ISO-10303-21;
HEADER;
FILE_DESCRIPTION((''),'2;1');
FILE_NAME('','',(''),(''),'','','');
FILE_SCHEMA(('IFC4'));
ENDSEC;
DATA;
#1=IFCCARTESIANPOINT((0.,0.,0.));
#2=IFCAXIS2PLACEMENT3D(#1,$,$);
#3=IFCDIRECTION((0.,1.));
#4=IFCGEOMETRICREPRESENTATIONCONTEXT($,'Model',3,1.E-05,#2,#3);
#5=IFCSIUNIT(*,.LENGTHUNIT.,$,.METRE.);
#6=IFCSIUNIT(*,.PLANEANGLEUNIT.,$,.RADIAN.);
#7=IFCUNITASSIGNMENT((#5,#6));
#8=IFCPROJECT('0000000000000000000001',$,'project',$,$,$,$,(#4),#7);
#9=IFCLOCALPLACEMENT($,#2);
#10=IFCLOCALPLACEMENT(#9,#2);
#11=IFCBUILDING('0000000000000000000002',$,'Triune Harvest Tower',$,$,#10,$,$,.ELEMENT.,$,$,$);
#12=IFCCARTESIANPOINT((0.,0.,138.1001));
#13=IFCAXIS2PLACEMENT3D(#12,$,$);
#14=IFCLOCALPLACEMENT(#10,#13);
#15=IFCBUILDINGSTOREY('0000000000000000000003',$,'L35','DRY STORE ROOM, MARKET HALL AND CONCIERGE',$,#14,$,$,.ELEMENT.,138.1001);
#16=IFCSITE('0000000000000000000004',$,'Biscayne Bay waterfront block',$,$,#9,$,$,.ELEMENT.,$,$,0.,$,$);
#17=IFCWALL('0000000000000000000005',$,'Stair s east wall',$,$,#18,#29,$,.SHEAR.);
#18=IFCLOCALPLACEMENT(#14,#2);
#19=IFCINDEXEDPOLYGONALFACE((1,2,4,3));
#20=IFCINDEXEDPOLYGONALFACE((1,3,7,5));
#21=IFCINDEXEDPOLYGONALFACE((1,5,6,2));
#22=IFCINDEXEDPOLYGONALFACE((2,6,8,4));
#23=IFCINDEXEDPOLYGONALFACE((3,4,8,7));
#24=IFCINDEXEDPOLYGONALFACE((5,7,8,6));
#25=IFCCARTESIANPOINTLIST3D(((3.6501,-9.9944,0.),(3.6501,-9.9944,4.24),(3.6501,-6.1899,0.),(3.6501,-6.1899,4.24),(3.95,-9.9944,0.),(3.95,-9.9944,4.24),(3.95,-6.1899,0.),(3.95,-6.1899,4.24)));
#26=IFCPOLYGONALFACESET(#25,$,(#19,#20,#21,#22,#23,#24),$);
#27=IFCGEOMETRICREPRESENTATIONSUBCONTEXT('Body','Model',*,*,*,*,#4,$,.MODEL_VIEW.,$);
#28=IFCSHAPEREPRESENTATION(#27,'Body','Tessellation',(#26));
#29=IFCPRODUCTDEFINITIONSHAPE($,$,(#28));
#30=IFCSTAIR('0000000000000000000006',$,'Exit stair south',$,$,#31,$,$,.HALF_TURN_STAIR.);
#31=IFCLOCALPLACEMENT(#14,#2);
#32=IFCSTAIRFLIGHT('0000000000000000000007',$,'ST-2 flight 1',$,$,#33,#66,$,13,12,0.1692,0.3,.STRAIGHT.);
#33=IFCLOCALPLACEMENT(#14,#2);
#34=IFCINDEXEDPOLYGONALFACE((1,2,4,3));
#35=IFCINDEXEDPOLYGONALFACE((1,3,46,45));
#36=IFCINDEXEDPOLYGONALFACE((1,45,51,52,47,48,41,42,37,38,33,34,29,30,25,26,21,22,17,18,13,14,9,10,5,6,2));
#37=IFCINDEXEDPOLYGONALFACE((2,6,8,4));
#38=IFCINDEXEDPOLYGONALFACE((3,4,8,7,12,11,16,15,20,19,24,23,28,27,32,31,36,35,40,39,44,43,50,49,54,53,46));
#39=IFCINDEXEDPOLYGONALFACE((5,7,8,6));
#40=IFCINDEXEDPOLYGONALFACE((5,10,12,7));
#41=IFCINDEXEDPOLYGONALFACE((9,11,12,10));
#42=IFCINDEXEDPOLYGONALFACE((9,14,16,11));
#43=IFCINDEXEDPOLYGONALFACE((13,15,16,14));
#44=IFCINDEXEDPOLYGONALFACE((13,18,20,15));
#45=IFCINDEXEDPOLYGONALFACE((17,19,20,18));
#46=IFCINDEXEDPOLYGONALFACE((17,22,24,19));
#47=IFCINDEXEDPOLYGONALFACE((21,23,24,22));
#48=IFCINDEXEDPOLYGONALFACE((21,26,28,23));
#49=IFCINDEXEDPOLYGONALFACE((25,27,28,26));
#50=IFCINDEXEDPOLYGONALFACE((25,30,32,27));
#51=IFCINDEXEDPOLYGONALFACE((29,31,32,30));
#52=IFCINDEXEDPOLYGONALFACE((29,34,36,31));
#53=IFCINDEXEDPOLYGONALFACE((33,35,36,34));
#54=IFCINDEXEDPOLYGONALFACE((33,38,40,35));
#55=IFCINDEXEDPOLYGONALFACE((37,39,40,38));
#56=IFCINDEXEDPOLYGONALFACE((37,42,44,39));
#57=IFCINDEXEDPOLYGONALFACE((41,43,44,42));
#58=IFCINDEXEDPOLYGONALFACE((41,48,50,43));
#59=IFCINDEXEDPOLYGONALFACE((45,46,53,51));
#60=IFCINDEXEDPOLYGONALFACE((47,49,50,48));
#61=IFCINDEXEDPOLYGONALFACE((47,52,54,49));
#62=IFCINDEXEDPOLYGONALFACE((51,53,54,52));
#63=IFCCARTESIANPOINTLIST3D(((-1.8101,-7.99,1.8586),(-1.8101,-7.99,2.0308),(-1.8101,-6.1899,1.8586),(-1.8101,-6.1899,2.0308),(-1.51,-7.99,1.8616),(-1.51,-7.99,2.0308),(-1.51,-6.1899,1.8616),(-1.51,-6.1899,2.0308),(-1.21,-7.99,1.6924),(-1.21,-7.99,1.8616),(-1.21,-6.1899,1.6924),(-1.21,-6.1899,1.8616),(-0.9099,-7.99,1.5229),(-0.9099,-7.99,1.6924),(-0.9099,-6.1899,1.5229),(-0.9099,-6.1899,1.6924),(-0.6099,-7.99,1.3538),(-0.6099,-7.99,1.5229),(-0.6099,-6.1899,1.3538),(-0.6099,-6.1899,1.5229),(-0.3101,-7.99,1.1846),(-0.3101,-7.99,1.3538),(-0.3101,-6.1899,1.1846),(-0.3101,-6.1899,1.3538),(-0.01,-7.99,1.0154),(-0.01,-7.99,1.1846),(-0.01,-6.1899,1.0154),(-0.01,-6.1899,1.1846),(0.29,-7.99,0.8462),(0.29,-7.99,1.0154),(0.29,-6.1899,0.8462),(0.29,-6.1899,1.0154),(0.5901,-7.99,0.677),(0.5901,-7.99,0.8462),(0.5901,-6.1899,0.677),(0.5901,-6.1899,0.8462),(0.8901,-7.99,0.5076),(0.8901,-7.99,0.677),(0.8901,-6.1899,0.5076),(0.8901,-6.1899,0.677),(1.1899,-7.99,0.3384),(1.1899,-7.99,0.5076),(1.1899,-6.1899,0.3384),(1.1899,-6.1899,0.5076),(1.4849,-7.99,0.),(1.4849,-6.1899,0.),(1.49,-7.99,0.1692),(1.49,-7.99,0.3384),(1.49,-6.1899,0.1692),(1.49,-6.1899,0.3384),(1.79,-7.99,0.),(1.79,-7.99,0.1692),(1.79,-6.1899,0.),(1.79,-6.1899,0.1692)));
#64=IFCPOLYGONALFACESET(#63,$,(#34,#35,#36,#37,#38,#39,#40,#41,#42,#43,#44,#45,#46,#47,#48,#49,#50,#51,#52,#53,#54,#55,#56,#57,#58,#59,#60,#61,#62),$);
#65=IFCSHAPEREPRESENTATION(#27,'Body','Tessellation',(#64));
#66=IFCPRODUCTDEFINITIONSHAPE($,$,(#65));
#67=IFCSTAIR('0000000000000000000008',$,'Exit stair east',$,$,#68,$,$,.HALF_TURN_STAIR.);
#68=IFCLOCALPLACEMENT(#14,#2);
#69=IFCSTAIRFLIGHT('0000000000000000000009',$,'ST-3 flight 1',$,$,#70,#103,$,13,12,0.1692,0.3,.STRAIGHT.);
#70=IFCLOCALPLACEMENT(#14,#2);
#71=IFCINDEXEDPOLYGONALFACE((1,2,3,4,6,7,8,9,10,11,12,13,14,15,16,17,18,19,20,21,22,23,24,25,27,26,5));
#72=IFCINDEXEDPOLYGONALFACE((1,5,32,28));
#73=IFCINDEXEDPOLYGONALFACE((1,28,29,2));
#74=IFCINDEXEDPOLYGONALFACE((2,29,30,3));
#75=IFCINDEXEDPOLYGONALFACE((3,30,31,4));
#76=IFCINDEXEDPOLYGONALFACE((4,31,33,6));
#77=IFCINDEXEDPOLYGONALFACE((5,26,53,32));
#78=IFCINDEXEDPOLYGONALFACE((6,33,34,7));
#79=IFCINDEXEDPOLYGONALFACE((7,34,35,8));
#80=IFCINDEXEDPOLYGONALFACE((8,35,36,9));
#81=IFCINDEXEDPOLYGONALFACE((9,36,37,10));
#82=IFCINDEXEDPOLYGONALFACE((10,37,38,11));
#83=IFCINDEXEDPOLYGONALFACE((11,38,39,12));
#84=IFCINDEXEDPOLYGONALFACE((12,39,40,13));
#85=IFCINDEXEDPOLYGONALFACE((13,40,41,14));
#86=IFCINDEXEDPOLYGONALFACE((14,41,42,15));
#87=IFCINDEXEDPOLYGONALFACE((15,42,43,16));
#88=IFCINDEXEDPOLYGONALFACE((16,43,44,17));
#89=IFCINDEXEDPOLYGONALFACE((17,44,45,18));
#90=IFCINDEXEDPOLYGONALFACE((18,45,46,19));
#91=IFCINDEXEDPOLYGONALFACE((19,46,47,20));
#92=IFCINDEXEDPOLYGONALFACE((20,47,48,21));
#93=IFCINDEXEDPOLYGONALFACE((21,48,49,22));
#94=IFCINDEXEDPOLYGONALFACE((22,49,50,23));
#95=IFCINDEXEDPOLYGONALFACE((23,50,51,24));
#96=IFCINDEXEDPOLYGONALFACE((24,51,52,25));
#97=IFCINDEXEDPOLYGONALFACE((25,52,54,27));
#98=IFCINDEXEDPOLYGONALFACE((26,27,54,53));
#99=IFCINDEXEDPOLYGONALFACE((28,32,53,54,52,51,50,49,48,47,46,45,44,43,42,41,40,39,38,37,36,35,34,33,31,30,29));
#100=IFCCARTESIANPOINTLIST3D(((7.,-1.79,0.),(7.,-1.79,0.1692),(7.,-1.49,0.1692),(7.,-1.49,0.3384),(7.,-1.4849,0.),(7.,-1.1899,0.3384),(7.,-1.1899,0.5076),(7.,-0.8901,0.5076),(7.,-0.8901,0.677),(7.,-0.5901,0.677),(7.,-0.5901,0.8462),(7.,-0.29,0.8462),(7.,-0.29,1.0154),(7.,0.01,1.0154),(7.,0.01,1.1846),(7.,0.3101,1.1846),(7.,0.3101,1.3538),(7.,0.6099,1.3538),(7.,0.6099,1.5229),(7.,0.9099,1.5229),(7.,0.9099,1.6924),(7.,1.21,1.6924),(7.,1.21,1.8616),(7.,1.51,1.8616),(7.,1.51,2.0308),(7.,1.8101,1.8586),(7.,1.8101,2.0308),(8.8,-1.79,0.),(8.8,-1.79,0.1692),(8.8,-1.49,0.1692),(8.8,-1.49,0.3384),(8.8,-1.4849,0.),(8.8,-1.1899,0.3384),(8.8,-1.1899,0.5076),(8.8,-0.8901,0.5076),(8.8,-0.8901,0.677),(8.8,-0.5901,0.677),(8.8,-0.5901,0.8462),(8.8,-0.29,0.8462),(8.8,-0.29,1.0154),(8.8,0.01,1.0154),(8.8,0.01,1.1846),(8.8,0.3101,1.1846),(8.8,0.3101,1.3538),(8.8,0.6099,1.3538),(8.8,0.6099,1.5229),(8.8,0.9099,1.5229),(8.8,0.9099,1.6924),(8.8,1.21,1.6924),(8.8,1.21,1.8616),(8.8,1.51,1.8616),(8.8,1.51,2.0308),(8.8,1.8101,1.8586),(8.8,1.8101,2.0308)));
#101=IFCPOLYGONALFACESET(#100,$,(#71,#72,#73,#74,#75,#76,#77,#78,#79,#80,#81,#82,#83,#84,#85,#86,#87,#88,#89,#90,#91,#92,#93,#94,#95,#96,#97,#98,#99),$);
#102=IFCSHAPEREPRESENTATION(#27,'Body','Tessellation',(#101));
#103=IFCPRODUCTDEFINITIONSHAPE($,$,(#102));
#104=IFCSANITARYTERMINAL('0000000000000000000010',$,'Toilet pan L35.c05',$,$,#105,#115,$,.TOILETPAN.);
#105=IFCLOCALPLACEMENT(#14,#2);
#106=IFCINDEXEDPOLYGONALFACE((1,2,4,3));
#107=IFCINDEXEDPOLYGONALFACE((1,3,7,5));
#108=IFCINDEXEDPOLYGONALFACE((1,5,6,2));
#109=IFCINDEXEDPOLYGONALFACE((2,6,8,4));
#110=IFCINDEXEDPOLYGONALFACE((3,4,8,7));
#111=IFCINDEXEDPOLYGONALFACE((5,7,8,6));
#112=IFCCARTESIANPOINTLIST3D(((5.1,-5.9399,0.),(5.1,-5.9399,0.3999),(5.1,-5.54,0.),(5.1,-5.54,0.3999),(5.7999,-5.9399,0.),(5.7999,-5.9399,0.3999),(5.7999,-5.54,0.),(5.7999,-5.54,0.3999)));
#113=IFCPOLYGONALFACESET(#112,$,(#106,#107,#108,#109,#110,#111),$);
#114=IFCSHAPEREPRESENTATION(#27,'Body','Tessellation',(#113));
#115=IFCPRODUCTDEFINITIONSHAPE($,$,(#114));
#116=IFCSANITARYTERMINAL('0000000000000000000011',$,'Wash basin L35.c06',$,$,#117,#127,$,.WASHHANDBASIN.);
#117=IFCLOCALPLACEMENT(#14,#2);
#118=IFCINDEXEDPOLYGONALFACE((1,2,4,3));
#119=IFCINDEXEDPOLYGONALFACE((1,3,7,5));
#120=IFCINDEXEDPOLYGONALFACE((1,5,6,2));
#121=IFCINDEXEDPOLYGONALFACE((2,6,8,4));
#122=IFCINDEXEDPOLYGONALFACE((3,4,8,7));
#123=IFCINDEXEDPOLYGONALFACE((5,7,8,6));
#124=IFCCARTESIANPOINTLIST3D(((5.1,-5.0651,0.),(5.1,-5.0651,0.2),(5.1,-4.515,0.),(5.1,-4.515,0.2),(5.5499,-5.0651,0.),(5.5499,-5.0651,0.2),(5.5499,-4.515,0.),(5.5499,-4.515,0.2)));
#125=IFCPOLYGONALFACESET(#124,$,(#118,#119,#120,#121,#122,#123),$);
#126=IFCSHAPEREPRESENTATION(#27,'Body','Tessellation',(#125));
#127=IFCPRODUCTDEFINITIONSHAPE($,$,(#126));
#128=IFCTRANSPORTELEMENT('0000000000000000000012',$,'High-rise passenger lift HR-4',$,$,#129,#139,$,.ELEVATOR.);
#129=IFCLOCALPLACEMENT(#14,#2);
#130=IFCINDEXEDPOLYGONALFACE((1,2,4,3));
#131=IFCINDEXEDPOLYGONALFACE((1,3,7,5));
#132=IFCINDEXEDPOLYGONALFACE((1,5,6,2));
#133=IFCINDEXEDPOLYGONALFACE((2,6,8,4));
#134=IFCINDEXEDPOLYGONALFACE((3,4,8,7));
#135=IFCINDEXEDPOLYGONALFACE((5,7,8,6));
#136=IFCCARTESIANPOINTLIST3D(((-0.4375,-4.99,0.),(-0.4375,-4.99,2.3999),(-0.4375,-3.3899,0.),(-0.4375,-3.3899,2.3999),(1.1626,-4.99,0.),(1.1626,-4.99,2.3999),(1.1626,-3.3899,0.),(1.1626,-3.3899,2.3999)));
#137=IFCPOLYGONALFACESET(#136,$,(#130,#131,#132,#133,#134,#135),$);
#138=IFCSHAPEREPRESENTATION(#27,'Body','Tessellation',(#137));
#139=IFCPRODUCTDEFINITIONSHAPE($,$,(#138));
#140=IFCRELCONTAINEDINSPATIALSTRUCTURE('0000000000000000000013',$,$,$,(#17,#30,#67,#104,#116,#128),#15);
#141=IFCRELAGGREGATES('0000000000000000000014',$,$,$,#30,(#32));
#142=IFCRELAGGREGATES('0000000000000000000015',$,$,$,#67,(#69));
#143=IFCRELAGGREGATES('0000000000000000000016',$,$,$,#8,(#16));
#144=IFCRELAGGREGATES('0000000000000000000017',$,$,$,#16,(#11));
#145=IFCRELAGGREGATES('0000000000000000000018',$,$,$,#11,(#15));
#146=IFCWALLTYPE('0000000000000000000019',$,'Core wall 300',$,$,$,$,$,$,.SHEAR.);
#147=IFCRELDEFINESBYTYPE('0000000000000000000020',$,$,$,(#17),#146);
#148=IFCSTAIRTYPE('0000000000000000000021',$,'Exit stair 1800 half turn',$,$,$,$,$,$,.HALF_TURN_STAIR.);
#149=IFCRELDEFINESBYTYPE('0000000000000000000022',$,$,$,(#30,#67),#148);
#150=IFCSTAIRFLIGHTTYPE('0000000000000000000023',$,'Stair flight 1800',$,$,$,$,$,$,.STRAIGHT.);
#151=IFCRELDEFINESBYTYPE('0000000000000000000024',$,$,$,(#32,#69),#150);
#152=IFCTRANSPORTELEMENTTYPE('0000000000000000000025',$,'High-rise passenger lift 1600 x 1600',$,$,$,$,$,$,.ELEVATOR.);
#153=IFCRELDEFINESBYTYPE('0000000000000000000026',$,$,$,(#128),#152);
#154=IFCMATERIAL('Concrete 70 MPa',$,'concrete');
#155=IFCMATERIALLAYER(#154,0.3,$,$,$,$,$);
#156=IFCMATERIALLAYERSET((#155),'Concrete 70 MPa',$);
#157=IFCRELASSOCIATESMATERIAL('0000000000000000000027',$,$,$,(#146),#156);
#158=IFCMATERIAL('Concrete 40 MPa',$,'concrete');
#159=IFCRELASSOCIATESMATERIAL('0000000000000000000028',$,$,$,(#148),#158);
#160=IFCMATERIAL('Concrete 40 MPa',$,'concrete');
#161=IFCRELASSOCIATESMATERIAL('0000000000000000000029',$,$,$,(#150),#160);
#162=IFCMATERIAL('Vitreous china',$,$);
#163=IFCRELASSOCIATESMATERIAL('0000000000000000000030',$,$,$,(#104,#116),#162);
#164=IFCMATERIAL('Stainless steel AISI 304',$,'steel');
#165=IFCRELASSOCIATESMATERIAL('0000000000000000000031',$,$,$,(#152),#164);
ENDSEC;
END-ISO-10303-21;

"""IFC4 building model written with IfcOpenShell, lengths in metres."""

from ifc_helpers import new_model, si_unit, direction, frame, origin, origin_2d, place, context, subcontext, project, spatial, polyline, rectangle, outline, extrude, source, transform, mapped, material, layer, layer_set, type_object, element, aggregate, save


model = new_model("IFC4")

# Units and contexts
model_context = context("Model", 3, precision=1e-05, world=origin(), true_north=direction((0.0, 1.0)))
body_context = subcontext(model_context, "Body", "Model", "MODEL_VIEW")
ifc_project = project(units=[si_unit("LENGTHUNIT", "METRE"), si_unit("PLANEANGLEUNIT", "RADIAN")], contexts=[model_context])

# Site, building, storey
site_placement = place(None, origin())
site = spatial("IfcSite", under=ifc_project, at=site_placement, Name="Biscayne Bay waterfront block", CompositionType="ELEMENT", RefElevation=0.0)
building_placement = place(site_placement, origin())
building = spatial("IfcBuilding", under=site, at=building_placement, Name="Triune Harvest Tower", CompositionType="ELEMENT")
storey_placement = place(building_placement, frame((0.0, 0.0, 138.1001)))
storey = spatial("IfcBuildingStorey", under=building, at=storey_placement, Name="L35", Description="DRY STORE ROOM, MARKET HALL AND CONCIERGE", CompositionType="ELEMENT", Elevation=138.1001)

# Shared definitions
ifc_material_1 = material(Name="Concrete 70 MPa", Category="concrete")
ifc_layer_1 = layer(ifc_material_1, 0.3)
ifc_layer_set_1 = layer_set([ifc_layer_1], Name="Concrete 70 MPa")
wall_type_1 = type_object("IfcWallType", Name="Core wall 300", PredefinedType="SHEAR", material=ifc_layer_set_1)

# Wall
shared_shape_1 = source(origin(), body_context, "Body", "SweptSolid", [
    extrude(outline(polyline([(3.8, -0.1499), (-0.0044, -0.1499), (-0.0044, 0.1499), (3.8, 0.1499), (3.8, -0.1499)])), origin(), (0.0, 0.0, 1.0), 4.24),
])
wall_1_placement = place(storey_placement, frame((3.8, -9.99, 0.0), z_axis=(0.0, 0.0, 1.0), x_axis=(0.0, 1.0, 0.0)))
element("IfcWall", 1, at=wall_1_placement, inside=storey, type_object=wall_type_1, Name="Stair s east wall", PredefinedType="SHEAR", context=body_context, shape_type="MappedRepresentation", body=[
    mapped(shared_shape_1, transform((0.0, 0.0, 0.0), scale=1.0)),
])

# Stairs, stair flights
ifc_material_2 = material(Name="Concrete 40 MPa", Category="concrete")
stair_type = type_object("IfcStairType", Name="Exit stair 1800 half turn", PredefinedType="HALF_TURN_STAIR", material=ifc_material_2)
stair_1_placement = place(storey_placement, origin())
stair_1 = element("IfcStair", 2, at=stair_1_placement, inside=storey, type_object=stair_type, Name="Exit stair south", PredefinedType="HALF_TURN_STAIR")
ifc_material_3 = material(Name="Concrete 40 MPa", Category="concrete")
stair_flight_type = type_object("IfcStairFlightType", Name="Stair flight 1800", PredefinedType="STRAIGHT", material=ifc_material_3)
shared_shape_2 = source(origin(), body_context, "Body", "SweptSolid", [
    extrude(outline(polyline([(0.0, 0.0), (0.0, 0.1692), (0.3, 0.1692), (0.3, 0.3384), (0.6001, 0.3384), (0.6001, 0.5076), (0.8999, 0.5076), (0.8999, 0.677), (1.2, 0.677), (1.2, 0.8462), (1.5, 0.8462), (1.5, 1.0154), (1.8, 1.0154), (1.8, 1.1846), (2.1001, 1.1846), (2.1001, 1.3538), (2.3999, 1.3538), (2.3999, 1.5229), (2.7, 1.5229), (2.7, 1.6924), (3.0, 1.6924), (3.0, 1.8616), (3.3, 1.8616), (3.3, 2.0308), (3.6001, 2.0308), (3.6001, 2.2), (3.6001, 1.8586), (0.3052, 0.0), (0.0, 0.0)])), frame((0.0, 0.8999, 0.0), z_axis=(0.0, -1.0, 0.0), x_axis=(1.0, 0.0, 0.0)), (0.0, 0.0, 1.0), 1.8),
])
stair_flight_1_placement = place(storey_placement, frame((1.79, -7.0901, 0.0), z_axis=(0.0, 0.0, 1.0), x_axis=(-1.0, 0.0, 0.0)))
stair_flight_1 = element("IfcStairFlight", 3, at=stair_flight_1_placement, type_object=stair_flight_type, Name="ST-2 flight 1", NumberOfRisers=13, NumberOfTreads=12, PredefinedType="STRAIGHT", RiserHeight=0.1692, TreadLength=0.3, context=body_context, shape_type="MappedRepresentation", body=[
    mapped(shared_shape_2, transform((0.0, 0.0, 0.0), scale=1.0)),
])
aggregate(stair_1, [stair_flight_1])
stair_2_placement = place(storey_placement, origin())
stair_2 = element("IfcStair", 4, at=stair_2_placement, inside=storey, type_object=stair_type, Name="Exit stair east", PredefinedType="HALF_TURN_STAIR")
stair_flight_2_placement = place(storey_placement, frame((7.8999, -1.79, 0.0), z_axis=(0.0, 0.0, 1.0), x_axis=(0.0, 1.0, 0.0)))
stair_flight_2 = element("IfcStairFlight", 5, at=stair_flight_2_placement, type_object=stair_flight_type, Name="ST-3 flight 1", NumberOfRisers=13, NumberOfTreads=12, PredefinedType="STRAIGHT", RiserHeight=0.1692, TreadLength=0.3, context=body_context, shape_type="MappedRepresentation", body=[
    mapped(shared_shape_2, transform((0.0, 0.0, 0.0), scale=1.0)),
])
aggregate(stair_2, [stair_flight_2])

# Sanitary terminals
ifc_material_4 = material(Name="Vitreous china")
shared_shape_3 = source(origin(), body_context, "Body", "SweptSolid", [
    extrude(rectangle(XDim=0.3999, YDim=0.7, at=origin_2d()), origin(), (0.0, 0.0, 1.0), 0.3999),
])
sanitary_terminal_1_placement = place(storey_placement, frame((5.45, -5.74, 0.0), z_axis=(0.0, 0.0, 1.0), x_axis=(0.0, 1.0, 0.0)))
element("IfcSanitaryTerminal", 6, at=sanitary_terminal_1_placement, inside=storey, material=ifc_material_4, Name="Toilet pan L35.c05", PredefinedType="TOILETPAN", context=body_context, shape_type="MappedRepresentation", body=[
    mapped(shared_shape_3, transform((0.0, 0.0, 0.0), scale=1.0)),
])
shared_shape_4 = source(origin(), body_context, "Body", "SweptSolid", [
    extrude(rectangle(XDim=0.55, YDim=0.45, at=origin_2d()), origin(), (0.0, 0.0, 1.0), 0.2),
])
sanitary_terminal_2_placement = place(storey_placement, frame((5.325, -4.79, 0.0), z_axis=(0.0, 0.0, 1.0), x_axis=(0.0, 1.0, 0.0)))
element("IfcSanitaryTerminal", 7, at=sanitary_terminal_2_placement, inside=storey, material=ifc_material_4, Name="Wash basin L35.c06", PredefinedType="WASHHANDBASIN", context=body_context, shape_type="MappedRepresentation", body=[
    mapped(shared_shape_4, transform((0.0, 0.0, 0.0), scale=1.0)),
])

# Transport element
ifc_material_5 = material(Name="Stainless steel AISI 304", Category="steel")
transport_element_type = type_object("IfcTransportElementType", Name="High-rise passenger lift 1600 x 1600", PredefinedType="ELEVATOR", material=ifc_material_5)
shared_shape_5 = source(origin(), body_context, "Body", "SweptSolid", [
    extrude(rectangle(XDim=1.6001, YDim=1.6001, at=origin_2d()), origin(), (0.0, 0.0, 1.0), 2.3999),
])
transport_element_placement = place(storey_placement, frame((0.3625, -4.1899, 0.0), z_axis=(0.0, 0.0, 1.0), x_axis=(1.0, 0.0, 0.0)))
element("IfcTransportElement", 8, at=transport_element_placement, inside=storey, type_object=transport_element_type, Name="High-rise passenger lift HR-4", PredefinedType="ELEVATOR", context=body_context, shape_type="MappedRepresentation", body=[
    mapped(shared_shape_5, transform((0.0, 0.0, 0.0), scale=1.0)),
])

save(model, "model.ifc")
